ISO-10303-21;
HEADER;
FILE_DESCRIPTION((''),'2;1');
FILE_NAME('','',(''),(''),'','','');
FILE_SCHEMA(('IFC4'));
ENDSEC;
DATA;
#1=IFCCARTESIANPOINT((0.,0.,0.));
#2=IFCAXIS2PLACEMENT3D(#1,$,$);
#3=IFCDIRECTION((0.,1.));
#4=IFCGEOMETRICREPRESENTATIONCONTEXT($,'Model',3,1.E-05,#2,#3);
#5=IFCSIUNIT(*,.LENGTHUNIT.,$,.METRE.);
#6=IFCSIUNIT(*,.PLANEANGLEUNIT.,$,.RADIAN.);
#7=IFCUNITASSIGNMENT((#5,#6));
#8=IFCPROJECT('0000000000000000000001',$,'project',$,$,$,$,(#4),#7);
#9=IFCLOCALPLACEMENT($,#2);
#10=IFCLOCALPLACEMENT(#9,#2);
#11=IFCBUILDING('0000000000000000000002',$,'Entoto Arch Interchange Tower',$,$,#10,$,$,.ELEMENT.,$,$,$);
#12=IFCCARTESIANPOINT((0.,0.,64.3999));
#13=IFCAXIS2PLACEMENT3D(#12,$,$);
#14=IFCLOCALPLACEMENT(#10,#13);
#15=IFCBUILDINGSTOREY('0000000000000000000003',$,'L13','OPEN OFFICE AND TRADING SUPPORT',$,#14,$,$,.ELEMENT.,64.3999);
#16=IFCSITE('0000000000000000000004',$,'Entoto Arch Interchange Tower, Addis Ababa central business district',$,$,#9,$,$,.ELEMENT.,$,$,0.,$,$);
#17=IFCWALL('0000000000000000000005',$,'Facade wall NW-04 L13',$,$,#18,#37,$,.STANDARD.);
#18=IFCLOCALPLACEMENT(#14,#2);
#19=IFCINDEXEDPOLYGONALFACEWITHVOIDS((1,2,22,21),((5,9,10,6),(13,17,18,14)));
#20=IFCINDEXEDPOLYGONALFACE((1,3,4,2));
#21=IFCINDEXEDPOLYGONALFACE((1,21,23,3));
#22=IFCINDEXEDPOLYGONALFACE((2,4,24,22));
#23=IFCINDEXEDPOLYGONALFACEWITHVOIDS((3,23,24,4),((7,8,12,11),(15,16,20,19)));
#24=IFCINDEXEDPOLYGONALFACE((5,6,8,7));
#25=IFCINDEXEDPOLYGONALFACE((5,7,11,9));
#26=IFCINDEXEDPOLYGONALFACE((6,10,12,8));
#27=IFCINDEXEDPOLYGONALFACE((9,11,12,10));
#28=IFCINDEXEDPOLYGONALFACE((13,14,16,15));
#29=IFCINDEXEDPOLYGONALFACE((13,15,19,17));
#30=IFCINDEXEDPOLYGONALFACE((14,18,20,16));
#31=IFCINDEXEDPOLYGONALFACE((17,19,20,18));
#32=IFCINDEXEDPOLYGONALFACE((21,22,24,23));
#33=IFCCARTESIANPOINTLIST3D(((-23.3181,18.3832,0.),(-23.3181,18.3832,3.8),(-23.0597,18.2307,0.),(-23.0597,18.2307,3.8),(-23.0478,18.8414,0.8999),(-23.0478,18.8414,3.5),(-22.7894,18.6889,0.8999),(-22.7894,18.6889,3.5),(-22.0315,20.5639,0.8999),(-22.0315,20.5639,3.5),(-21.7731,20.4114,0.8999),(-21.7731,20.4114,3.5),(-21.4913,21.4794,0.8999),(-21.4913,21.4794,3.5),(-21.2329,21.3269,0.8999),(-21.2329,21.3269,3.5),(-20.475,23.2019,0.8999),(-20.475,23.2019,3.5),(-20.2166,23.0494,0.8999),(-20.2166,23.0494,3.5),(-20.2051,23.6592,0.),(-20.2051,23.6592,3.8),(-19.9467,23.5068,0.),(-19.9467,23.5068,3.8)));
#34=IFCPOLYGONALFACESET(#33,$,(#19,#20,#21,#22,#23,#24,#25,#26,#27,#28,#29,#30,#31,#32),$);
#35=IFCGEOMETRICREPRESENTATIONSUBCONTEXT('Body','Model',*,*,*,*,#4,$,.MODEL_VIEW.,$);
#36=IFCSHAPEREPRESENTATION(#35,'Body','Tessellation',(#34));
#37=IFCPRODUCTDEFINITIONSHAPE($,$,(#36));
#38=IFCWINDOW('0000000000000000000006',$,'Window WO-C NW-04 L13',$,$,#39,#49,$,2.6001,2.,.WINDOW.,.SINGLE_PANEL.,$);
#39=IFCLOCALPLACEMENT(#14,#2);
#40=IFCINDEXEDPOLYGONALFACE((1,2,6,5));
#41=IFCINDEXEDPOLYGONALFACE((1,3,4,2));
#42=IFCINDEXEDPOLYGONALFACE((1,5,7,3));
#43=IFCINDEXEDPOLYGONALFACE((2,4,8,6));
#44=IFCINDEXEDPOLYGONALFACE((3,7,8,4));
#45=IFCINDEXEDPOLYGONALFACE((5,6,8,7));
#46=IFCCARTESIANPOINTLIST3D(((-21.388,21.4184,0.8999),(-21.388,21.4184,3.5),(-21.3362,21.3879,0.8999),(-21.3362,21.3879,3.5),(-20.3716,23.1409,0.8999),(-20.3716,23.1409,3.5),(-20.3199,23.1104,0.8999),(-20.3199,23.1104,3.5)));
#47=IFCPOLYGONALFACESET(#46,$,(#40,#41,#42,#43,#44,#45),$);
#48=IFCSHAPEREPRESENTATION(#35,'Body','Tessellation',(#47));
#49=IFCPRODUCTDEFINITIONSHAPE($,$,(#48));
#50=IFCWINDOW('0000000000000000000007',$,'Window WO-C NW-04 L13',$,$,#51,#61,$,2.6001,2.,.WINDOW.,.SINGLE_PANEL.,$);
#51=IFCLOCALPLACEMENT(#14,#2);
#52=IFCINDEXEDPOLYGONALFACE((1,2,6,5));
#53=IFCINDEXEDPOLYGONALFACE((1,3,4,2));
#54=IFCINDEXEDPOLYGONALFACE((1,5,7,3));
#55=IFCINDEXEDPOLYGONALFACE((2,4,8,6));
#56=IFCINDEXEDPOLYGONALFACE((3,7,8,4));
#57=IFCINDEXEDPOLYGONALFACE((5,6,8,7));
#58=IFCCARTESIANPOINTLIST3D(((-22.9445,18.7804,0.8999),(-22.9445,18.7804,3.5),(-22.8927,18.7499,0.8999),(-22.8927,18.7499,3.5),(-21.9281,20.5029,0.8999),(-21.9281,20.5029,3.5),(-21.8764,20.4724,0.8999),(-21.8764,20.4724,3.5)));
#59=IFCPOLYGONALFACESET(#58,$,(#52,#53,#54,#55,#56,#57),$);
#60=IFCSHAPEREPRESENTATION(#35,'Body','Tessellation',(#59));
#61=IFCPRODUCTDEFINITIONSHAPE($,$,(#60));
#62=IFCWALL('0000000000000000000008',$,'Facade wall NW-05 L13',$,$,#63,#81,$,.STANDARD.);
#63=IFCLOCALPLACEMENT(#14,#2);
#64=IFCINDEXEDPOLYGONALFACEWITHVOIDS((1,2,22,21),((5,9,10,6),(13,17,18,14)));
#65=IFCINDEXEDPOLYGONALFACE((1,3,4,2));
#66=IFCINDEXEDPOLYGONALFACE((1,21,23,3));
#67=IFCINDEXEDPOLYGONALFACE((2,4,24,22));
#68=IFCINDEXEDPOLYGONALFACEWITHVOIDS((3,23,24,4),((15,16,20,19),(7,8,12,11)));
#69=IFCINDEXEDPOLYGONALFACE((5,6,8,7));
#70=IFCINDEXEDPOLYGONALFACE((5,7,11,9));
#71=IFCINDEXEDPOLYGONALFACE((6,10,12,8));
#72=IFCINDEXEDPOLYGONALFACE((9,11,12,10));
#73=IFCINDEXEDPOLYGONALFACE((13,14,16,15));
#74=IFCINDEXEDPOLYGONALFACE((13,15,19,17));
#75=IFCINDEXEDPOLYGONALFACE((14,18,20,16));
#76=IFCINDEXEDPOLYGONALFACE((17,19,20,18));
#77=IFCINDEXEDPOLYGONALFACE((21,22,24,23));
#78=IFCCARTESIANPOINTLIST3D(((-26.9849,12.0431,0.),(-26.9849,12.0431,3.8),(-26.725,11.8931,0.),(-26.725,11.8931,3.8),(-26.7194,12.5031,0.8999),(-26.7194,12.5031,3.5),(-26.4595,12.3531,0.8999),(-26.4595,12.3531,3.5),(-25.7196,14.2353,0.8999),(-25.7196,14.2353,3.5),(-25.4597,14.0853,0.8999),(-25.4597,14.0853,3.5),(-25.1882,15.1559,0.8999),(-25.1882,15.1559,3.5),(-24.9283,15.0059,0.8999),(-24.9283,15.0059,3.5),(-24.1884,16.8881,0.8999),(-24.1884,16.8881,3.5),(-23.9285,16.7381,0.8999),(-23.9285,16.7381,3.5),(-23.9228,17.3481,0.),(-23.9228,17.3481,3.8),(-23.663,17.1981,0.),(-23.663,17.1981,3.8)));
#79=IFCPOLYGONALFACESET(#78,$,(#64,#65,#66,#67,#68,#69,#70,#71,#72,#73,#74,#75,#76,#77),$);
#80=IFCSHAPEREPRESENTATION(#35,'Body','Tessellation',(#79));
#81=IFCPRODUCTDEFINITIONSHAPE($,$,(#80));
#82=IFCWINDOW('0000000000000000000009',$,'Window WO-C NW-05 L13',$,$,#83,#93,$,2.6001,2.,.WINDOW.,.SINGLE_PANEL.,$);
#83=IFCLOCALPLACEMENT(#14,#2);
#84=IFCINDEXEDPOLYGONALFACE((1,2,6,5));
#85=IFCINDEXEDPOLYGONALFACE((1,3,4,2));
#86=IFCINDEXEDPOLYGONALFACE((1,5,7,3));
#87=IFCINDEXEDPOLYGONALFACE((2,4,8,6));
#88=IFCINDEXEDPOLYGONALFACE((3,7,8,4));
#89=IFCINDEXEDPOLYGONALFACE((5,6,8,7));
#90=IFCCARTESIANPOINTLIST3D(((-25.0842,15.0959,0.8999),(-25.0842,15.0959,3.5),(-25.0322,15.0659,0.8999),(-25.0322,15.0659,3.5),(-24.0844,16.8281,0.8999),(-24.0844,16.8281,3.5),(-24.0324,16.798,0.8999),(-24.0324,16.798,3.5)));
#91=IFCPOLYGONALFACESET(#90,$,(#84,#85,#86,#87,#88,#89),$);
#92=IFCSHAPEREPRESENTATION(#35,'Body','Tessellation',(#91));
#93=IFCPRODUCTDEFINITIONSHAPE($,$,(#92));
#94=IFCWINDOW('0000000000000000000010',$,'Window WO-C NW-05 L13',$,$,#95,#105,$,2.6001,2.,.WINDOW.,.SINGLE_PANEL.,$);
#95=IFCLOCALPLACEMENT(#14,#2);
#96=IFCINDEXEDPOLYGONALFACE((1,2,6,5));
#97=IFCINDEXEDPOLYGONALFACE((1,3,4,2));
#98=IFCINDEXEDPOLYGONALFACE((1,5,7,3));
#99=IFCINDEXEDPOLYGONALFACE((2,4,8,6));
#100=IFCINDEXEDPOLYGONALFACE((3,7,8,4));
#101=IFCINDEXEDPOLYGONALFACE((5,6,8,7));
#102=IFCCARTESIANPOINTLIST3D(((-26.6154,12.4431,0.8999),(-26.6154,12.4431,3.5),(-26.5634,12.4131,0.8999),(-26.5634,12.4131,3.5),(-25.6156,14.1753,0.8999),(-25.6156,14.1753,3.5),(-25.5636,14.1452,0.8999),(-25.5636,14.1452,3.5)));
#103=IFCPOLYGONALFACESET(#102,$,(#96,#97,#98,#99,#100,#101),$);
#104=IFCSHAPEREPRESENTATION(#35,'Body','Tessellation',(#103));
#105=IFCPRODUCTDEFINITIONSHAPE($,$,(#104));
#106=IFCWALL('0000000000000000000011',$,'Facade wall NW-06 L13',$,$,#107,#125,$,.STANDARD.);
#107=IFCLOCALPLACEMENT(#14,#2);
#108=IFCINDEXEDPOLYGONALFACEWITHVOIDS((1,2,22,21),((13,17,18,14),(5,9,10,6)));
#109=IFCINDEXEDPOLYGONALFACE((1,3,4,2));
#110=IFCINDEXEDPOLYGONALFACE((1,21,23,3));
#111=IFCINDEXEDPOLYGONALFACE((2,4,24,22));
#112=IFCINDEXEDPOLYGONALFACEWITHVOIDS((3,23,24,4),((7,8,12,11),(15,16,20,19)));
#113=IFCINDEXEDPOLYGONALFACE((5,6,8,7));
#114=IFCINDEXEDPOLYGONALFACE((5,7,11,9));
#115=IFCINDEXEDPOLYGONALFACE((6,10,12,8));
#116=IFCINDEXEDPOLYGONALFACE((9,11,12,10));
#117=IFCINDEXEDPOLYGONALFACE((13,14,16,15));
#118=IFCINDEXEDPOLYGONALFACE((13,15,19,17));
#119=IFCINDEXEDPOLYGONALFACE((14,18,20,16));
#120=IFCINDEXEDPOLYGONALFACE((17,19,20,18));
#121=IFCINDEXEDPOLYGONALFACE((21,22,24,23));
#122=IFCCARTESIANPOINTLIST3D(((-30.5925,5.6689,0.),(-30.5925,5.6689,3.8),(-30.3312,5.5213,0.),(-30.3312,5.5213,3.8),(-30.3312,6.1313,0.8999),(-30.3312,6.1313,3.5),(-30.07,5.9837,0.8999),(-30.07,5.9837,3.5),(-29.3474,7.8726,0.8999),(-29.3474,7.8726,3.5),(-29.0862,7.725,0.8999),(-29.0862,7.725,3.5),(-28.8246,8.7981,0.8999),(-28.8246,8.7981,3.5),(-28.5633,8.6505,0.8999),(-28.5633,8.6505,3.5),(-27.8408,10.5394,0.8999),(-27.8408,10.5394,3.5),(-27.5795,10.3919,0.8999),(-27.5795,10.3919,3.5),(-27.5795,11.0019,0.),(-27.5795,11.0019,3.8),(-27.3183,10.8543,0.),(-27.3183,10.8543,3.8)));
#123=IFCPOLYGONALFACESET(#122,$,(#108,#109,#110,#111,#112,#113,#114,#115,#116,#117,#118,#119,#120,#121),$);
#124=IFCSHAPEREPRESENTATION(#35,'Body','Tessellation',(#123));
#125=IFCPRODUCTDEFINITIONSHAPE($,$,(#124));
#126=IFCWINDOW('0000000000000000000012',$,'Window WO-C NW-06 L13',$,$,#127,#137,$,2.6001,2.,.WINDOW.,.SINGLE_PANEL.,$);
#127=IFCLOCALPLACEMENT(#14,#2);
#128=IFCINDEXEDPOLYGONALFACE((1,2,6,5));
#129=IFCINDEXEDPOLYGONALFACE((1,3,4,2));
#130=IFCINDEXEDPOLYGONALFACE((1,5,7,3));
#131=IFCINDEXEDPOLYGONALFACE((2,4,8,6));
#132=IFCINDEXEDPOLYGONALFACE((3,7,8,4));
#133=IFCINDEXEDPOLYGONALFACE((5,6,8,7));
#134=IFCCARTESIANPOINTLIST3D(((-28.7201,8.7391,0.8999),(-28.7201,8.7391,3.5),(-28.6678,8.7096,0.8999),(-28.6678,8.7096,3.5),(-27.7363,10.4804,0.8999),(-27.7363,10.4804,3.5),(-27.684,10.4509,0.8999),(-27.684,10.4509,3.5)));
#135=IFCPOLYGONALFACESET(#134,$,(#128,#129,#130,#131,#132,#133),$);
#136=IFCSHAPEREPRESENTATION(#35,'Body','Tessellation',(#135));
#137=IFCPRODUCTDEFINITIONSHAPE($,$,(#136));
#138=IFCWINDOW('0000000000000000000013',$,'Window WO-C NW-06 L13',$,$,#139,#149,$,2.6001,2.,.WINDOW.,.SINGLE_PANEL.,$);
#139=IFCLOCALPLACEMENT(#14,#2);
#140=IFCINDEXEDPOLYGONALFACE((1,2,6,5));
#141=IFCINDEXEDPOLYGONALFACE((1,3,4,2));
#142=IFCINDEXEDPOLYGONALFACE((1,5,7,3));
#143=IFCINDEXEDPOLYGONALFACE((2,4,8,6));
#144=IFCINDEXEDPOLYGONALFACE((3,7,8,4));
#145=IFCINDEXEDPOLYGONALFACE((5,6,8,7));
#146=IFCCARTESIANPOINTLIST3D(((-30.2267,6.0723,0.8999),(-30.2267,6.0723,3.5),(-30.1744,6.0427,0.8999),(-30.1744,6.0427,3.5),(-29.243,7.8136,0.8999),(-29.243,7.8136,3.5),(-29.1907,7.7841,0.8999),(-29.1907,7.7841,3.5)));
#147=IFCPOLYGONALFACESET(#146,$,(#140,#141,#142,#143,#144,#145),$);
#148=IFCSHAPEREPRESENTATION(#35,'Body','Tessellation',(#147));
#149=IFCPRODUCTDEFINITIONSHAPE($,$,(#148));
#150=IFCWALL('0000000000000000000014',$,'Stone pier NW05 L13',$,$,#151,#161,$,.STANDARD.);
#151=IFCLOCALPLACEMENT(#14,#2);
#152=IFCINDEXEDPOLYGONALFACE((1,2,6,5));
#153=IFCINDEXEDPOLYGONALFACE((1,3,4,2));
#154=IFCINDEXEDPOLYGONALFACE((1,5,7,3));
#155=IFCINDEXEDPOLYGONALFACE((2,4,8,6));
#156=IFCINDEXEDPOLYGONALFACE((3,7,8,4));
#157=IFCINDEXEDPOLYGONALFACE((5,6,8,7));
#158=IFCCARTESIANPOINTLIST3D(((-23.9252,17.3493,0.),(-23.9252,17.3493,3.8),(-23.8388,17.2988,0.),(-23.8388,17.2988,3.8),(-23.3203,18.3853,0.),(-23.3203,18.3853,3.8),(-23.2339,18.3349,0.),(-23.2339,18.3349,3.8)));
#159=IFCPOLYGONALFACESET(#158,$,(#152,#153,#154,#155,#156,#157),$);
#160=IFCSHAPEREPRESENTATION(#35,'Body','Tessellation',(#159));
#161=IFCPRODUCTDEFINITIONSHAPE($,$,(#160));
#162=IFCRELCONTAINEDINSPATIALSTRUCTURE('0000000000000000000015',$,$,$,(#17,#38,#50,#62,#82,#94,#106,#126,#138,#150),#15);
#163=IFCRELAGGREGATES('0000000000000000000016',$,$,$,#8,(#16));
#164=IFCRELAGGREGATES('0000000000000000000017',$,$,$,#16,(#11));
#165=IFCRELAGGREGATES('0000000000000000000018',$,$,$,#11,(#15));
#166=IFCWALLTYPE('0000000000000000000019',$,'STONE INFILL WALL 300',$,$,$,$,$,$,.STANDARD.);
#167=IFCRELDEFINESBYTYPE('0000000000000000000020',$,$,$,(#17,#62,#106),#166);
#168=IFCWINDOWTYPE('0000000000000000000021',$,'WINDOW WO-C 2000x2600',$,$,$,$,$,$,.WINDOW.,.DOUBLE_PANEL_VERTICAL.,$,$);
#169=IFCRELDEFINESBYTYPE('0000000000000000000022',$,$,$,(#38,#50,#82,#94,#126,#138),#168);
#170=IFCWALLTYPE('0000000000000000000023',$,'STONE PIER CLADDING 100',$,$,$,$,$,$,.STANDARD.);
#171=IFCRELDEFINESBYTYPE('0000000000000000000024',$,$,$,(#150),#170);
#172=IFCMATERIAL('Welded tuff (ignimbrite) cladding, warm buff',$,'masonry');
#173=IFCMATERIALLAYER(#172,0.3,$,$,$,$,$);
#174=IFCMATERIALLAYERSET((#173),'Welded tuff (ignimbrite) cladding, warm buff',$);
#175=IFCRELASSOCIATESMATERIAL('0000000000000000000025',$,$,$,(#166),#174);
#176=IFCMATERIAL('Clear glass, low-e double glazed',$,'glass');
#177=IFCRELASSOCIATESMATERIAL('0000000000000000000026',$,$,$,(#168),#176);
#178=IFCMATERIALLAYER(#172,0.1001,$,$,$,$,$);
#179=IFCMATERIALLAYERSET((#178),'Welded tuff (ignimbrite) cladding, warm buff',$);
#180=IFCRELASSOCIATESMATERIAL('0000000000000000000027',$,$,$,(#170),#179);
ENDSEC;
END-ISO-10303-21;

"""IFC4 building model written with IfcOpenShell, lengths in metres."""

from ifc_helpers import new_model, si_unit, direction, frame, frame_2d, origin, place, context, subcontext, project, spatial, rectangle, extrude, material, layer, layer_set, type_object, element, fill, save


model = new_model("IFC4")

# Units and contexts
model_context = context("Model", 3, precision=1e-05, world=origin(), true_north=direction((0.0, 1.0)))
body_context = subcontext(model_context, "Body", "Model", "MODEL_VIEW")
ifc_project = project(units=[si_unit("LENGTHUNIT", "METRE"), si_unit("PLANEANGLEUNIT", "RADIAN")], contexts=[model_context])

# Site, building, storey
site_placement = place(None, origin())
site = spatial("IfcSite", under=ifc_project, at=site_placement, Name="Entoto Arch Interchange Tower, Addis Ababa central business district", CompositionType="ELEMENT", RefElevation=0.0)
building_placement = place(site_placement, origin())
building = spatial("IfcBuilding", under=site, at=building_placement, Name="Entoto Arch Interchange Tower", CompositionType="ELEMENT")
storey_placement = place(building_placement, frame((0.0, 0.0, 64.3999)))
storey = spatial("IfcBuildingStorey", under=building, at=storey_placement, Name="L13", Description="OPEN OFFICE AND TRADING SUPPORT", CompositionType="ELEMENT", Elevation=64.3999)

# Walls, openings, windows
ifc_material_1 = material(Name="Welded tuff (ignimbrite) cladding, warm buff", Category="masonry")
ifc_layer_1 = layer(ifc_material_1, 0.3)
ifc_layer_set_1 = layer_set([ifc_layer_1], Name="Welded tuff (ignimbrite) cladding, warm buff")
wall_type_1 = type_object("IfcWallType", Name="STONE INFILL WALL 300", PredefinedType="STANDARD", material=ifc_layer_set_1)
wall_1_placement = place(storey_placement, frame((-20.0759, 23.583, 0.0), z_axis=(0.0, 0.0, 1.0), x_axis=(-0.508164, -0.86126, 0.0)))
wall_1 = element("IfcWall", 1, at=wall_1_placement, inside=storey, type_object=wall_type_1, Name="Facade wall NW-04 L13", PredefinedType="STANDARD", context=body_context, shape_type="SweptSolid", body=[
    extrude(rectangle(XDim=6.126, YDim=0.3, at=frame_2d((3.063, 0.0))), origin(), (0.0, 0.0, 1.0), 3.8),
])
opening_1_placement = place(wall_1_placement, frame((0.531, 0.0, 0.8999)))
opening_1 = element("IfcOpeningElement", 2, at=opening_1_placement, cuts=wall_1, PredefinedType="OPENING", context=body_context, shape_type="SweptSolid", body=[
    extrude(rectangle(XDim=2.0, YDim=2.6001, at=frame_2d((1.0, 1.3))), frame((0.0, 0.1602, 0.0), z_axis=(0.0, -1.0, 0.0), x_axis=(1.0, 0.0, 0.0)), (0.0, 0.0, 1.0), 0.3201),
])
opening_2_placement = place(wall_1_placement, frame((3.594, 0.0, 0.8999)))
opening_2 = element("IfcOpeningElement", 3, at=opening_2_placement, cuts=wall_1, PredefinedType="OPENING", context=body_context, shape_type="SweptSolid", body=[
    extrude(rectangle(XDim=2.0, YDim=2.6001, at=frame_2d((1.0, 1.3))), frame((0.0, 0.1602, 0.0), z_axis=(0.0, -1.0, 0.0), x_axis=(1.0, 0.0, 0.0)), (0.0, 0.0, 1.0), 0.3201),
])
ifc_material_2 = material(Name="Clear glass, low-e double glazed", Category="glass")
window_type = type_object("IfcWindowType", Name="WINDOW WO-C 2000x2600", PartitioningType="DOUBLE_PANEL_VERTICAL", PredefinedType="WINDOW", material=ifc_material_2)
window_1_placement = place(opening_1_placement, origin())
window_1 = element("IfcWindow", 4, at=window_1_placement, inside=storey, type_object=window_type, Name="Window WO-C NW-04 L13", OverallHeight=2.6001, OverallWidth=2.0, PartitioningType="SINGLE_PANEL", PredefinedType="WINDOW", context=body_context, shape_type="SweptSolid", body=[
    extrude(rectangle(XDim=2.0, YDim=2.6001, at=frame_2d((1.0, 1.3))), frame((0.0, 0.03, 0.0), z_axis=(0.0, -1.0, 0.0), x_axis=(1.0, 0.0, 0.0)), (0.0, 0.0, 1.0), 0.0601),
])
fill(opening_1, window_1)
window_2_placement = place(opening_2_placement, origin())
window_2 = element("IfcWindow", 5, at=window_2_placement, inside=storey, type_object=window_type, Name="Window WO-C NW-04 L13", OverallHeight=2.6001, OverallWidth=2.0, PartitioningType="SINGLE_PANEL", PredefinedType="WINDOW", context=body_context, shape_type="SweptSolid", body=[
    extrude(rectangle(XDim=2.0, YDim=2.6001, at=frame_2d((1.0, 1.3))), frame((0.0, 0.03, 0.0), z_axis=(0.0, -1.0, 0.0), x_axis=(1.0, 0.0, 0.0)), (0.0, 0.0, 1.0), 0.0601),
])
fill(opening_2, window_2)
wall_2_placement = place(storey_placement, frame((-23.793, 17.2729, 0.0), z_axis=(0.0, 0.0, 1.0), x_axis=(-0.499903, -0.866081, 0.0)))
wall_2 = element("IfcWall", 6, at=wall_2_placement, inside=storey, type_object=wall_type_1, Name="Facade wall NW-05 L13", PredefinedType="STANDARD", context=body_context, shape_type="SweptSolid", body=[
    extrude(rectangle(XDim=6.1252, YDim=0.3, at=frame_2d((3.0625, 0.0))), origin(), (0.0, 0.0, 1.0), 3.8),
])
opening_3_placement = place(wall_2_placement, frame((0.531, 0.0, 0.8999)))
opening_3 = element("IfcOpeningElement", 7, at=opening_3_placement, cuts=wall_2, PredefinedType="OPENING", context=body_context, shape_type="SweptSolid", body=[
    extrude(rectangle(XDim=2.0, YDim=2.6001, at=frame_2d((1.0, 1.3))), frame((0.0, 0.1602, 0.0), z_axis=(0.0, -1.0, 0.0), x_axis=(1.0, 0.0, 0.0)), (0.0, 0.0, 1.0), 0.3201),
])
opening_4_placement = place(wall_2_placement, frame((3.594, 0.0, 0.8999)))
opening_4 = element("IfcOpeningElement", 8, at=opening_4_placement, cuts=wall_2, PredefinedType="OPENING", context=body_context, shape_type="SweptSolid", body=[
    extrude(rectangle(XDim=2.0, YDim=2.6001, at=frame_2d((1.0, 1.3))), frame((0.0, 0.1602, 0.0), z_axis=(0.0, -1.0, 0.0), x_axis=(1.0, 0.0, 0.0)), (0.0, 0.0, 1.0), 0.3201),
])
window_3_placement = place(opening_3_placement, origin())
window_3 = element("IfcWindow", 9, at=window_3_placement, inside=storey, type_object=window_type, Name="Window WO-C NW-05 L13", OverallHeight=2.6001, OverallWidth=2.0, PartitioningType="SINGLE_PANEL", PredefinedType="WINDOW", context=body_context, shape_type="SweptSolid", body=[
    extrude(rectangle(XDim=2.0, YDim=2.6001, at=frame_2d((1.0, 1.3))), frame((0.0, 0.03, 0.0), z_axis=(0.0, -1.0, 0.0), x_axis=(1.0, 0.0, 0.0)), (0.0, 0.0, 1.0), 0.0601),
])
fill(opening_3, window_3)
window_4_placement = place(opening_4_placement, origin())
window_4 = element("IfcWindow", 10, at=window_4_placement, inside=storey, type_object=window_type, Name="Window WO-C NW-05 L13", OverallHeight=2.6001, OverallWidth=2.0, PartitioningType="SINGLE_PANEL", PredefinedType="WINDOW", context=body_context, shape_type="SweptSolid", body=[
    extrude(rectangle(XDim=2.0, YDim=2.6001, at=frame_2d((1.0, 1.3))), frame((0.0, 0.03, 0.0), z_axis=(0.0, -1.0, 0.0), x_axis=(1.0, 0.0, 0.0)), (0.0, 0.0, 1.0), 0.0601),
])
fill(opening_4, window_4)
wall_3_placement = place(storey_placement, frame((-27.449, 10.928, 0.0), z_axis=(0.0, 0.0, 1.0), x_axis=(-0.491888, -0.870659, 0.0)))
wall_3 = element("IfcWall", 11, at=wall_3_placement, inside=storey, type_object=wall_type_1, Name="Facade wall NW-06 L13", PredefinedType="STANDARD", context=body_context, shape_type="SweptSolid", body=[
    extrude(rectangle(XDim=6.1252, YDim=0.3, at=frame_2d((3.0625, 0.0))), origin(), (0.0, 0.0, 1.0), 3.8),
])
opening_5_placement = place(wall_3_placement, frame((0.531, 0.0, 0.8999)))
opening_5 = element("IfcOpeningElement", 12, at=opening_5_placement, cuts=wall_3, PredefinedType="OPENING", context=body_context, shape_type="SweptSolid", body=[
    extrude(rectangle(XDim=2.0, YDim=2.6001, at=frame_2d((1.0, 1.3))), frame((0.0, 0.1602, 0.0), z_axis=(0.0, -1.0, 0.0), x_axis=(1.0, 0.0, 0.0)), (0.0, 0.0, 1.0), 0.3201),
])
opening_6_placement = place(wall_3_placement, frame((3.594, 0.0, 0.8999)))
opening_6 = element("IfcOpeningElement", 13, at=opening_6_placement, cuts=wall_3, PredefinedType="OPENING", context=body_context, shape_type="SweptSolid", body=[
    extrude(rectangle(XDim=2.0, YDim=2.6001, at=frame_2d((1.0, 1.3))), frame((0.0, 0.1602, 0.0), z_axis=(0.0, -1.0, 0.0), x_axis=(1.0, 0.0, 0.0)), (0.0, 0.0, 1.0), 0.3201),
])
window_5_placement = place(opening_5_placement, origin())
window_5 = element("IfcWindow", 14, at=window_5_placement, inside=storey, type_object=window_type, Name="Window WO-C NW-06 L13", OverallHeight=2.6001, OverallWidth=2.0, PartitioningType="SINGLE_PANEL", PredefinedType="WINDOW", context=body_context, shape_type="SweptSolid", body=[
    extrude(rectangle(XDim=2.0, YDim=2.6001, at=frame_2d((1.0, 1.3))), frame((0.0, 0.03, 0.0), z_axis=(0.0, -1.0, 0.0), x_axis=(1.0, 0.0, 0.0)), (0.0, 0.0, 1.0), 0.0601),
])
fill(opening_5, window_5)
window_6_placement = place(opening_6_placement, origin())
window_6 = element("IfcWindow", 15, at=window_6_placement, inside=storey, type_object=window_type, Name="Window WO-C NW-06 L13", OverallHeight=2.6001, OverallWidth=2.0, PartitioningType="SINGLE_PANEL", PredefinedType="WINDOW", context=body_context, shape_type="SweptSolid", body=[
    extrude(rectangle(XDim=2.0, YDim=2.6001, at=frame_2d((1.0, 1.3))), frame((0.0, 0.03, 0.0), z_axis=(0.0, -1.0, 0.0), x_axis=(1.0, 0.0, 0.0)), (0.0, 0.0, 1.0), 0.0601),
])
fill(opening_6, window_6)

# Wall
ifc_layer_2 = layer(ifc_material_1, 0.1001)
ifc_layer_set_2 = layer_set([ifc_layer_2], Name="Welded tuff (ignimbrite) cladding, warm buff")
wall_type_2 = type_object("IfcWallType", Name="STONE PIER CLADDING 100", PredefinedType="STANDARD", material=ifc_layer_set_2)
wall_4_placement = place(storey_placement, frame((-23.2771, 18.3601, 0.0), z_axis=(0.0, 0.0, 1.0), x_axis=(-0.504225, -0.863572, 0.0)))
element("IfcWall", 16, at=wall_4_placement, inside=storey, type_object=wall_type_2, Name="Stone pier NW05 L13", PredefinedType="STANDARD", context=body_context, shape_type="SweptSolid", body=[
    extrude(rectangle(XDim=1.1997, YDim=0.1001, at=frame_2d((0.5999, 0.0))), origin(), (0.0, 0.0, 1.0), 3.8),
])

save(model, "model.ifc")
